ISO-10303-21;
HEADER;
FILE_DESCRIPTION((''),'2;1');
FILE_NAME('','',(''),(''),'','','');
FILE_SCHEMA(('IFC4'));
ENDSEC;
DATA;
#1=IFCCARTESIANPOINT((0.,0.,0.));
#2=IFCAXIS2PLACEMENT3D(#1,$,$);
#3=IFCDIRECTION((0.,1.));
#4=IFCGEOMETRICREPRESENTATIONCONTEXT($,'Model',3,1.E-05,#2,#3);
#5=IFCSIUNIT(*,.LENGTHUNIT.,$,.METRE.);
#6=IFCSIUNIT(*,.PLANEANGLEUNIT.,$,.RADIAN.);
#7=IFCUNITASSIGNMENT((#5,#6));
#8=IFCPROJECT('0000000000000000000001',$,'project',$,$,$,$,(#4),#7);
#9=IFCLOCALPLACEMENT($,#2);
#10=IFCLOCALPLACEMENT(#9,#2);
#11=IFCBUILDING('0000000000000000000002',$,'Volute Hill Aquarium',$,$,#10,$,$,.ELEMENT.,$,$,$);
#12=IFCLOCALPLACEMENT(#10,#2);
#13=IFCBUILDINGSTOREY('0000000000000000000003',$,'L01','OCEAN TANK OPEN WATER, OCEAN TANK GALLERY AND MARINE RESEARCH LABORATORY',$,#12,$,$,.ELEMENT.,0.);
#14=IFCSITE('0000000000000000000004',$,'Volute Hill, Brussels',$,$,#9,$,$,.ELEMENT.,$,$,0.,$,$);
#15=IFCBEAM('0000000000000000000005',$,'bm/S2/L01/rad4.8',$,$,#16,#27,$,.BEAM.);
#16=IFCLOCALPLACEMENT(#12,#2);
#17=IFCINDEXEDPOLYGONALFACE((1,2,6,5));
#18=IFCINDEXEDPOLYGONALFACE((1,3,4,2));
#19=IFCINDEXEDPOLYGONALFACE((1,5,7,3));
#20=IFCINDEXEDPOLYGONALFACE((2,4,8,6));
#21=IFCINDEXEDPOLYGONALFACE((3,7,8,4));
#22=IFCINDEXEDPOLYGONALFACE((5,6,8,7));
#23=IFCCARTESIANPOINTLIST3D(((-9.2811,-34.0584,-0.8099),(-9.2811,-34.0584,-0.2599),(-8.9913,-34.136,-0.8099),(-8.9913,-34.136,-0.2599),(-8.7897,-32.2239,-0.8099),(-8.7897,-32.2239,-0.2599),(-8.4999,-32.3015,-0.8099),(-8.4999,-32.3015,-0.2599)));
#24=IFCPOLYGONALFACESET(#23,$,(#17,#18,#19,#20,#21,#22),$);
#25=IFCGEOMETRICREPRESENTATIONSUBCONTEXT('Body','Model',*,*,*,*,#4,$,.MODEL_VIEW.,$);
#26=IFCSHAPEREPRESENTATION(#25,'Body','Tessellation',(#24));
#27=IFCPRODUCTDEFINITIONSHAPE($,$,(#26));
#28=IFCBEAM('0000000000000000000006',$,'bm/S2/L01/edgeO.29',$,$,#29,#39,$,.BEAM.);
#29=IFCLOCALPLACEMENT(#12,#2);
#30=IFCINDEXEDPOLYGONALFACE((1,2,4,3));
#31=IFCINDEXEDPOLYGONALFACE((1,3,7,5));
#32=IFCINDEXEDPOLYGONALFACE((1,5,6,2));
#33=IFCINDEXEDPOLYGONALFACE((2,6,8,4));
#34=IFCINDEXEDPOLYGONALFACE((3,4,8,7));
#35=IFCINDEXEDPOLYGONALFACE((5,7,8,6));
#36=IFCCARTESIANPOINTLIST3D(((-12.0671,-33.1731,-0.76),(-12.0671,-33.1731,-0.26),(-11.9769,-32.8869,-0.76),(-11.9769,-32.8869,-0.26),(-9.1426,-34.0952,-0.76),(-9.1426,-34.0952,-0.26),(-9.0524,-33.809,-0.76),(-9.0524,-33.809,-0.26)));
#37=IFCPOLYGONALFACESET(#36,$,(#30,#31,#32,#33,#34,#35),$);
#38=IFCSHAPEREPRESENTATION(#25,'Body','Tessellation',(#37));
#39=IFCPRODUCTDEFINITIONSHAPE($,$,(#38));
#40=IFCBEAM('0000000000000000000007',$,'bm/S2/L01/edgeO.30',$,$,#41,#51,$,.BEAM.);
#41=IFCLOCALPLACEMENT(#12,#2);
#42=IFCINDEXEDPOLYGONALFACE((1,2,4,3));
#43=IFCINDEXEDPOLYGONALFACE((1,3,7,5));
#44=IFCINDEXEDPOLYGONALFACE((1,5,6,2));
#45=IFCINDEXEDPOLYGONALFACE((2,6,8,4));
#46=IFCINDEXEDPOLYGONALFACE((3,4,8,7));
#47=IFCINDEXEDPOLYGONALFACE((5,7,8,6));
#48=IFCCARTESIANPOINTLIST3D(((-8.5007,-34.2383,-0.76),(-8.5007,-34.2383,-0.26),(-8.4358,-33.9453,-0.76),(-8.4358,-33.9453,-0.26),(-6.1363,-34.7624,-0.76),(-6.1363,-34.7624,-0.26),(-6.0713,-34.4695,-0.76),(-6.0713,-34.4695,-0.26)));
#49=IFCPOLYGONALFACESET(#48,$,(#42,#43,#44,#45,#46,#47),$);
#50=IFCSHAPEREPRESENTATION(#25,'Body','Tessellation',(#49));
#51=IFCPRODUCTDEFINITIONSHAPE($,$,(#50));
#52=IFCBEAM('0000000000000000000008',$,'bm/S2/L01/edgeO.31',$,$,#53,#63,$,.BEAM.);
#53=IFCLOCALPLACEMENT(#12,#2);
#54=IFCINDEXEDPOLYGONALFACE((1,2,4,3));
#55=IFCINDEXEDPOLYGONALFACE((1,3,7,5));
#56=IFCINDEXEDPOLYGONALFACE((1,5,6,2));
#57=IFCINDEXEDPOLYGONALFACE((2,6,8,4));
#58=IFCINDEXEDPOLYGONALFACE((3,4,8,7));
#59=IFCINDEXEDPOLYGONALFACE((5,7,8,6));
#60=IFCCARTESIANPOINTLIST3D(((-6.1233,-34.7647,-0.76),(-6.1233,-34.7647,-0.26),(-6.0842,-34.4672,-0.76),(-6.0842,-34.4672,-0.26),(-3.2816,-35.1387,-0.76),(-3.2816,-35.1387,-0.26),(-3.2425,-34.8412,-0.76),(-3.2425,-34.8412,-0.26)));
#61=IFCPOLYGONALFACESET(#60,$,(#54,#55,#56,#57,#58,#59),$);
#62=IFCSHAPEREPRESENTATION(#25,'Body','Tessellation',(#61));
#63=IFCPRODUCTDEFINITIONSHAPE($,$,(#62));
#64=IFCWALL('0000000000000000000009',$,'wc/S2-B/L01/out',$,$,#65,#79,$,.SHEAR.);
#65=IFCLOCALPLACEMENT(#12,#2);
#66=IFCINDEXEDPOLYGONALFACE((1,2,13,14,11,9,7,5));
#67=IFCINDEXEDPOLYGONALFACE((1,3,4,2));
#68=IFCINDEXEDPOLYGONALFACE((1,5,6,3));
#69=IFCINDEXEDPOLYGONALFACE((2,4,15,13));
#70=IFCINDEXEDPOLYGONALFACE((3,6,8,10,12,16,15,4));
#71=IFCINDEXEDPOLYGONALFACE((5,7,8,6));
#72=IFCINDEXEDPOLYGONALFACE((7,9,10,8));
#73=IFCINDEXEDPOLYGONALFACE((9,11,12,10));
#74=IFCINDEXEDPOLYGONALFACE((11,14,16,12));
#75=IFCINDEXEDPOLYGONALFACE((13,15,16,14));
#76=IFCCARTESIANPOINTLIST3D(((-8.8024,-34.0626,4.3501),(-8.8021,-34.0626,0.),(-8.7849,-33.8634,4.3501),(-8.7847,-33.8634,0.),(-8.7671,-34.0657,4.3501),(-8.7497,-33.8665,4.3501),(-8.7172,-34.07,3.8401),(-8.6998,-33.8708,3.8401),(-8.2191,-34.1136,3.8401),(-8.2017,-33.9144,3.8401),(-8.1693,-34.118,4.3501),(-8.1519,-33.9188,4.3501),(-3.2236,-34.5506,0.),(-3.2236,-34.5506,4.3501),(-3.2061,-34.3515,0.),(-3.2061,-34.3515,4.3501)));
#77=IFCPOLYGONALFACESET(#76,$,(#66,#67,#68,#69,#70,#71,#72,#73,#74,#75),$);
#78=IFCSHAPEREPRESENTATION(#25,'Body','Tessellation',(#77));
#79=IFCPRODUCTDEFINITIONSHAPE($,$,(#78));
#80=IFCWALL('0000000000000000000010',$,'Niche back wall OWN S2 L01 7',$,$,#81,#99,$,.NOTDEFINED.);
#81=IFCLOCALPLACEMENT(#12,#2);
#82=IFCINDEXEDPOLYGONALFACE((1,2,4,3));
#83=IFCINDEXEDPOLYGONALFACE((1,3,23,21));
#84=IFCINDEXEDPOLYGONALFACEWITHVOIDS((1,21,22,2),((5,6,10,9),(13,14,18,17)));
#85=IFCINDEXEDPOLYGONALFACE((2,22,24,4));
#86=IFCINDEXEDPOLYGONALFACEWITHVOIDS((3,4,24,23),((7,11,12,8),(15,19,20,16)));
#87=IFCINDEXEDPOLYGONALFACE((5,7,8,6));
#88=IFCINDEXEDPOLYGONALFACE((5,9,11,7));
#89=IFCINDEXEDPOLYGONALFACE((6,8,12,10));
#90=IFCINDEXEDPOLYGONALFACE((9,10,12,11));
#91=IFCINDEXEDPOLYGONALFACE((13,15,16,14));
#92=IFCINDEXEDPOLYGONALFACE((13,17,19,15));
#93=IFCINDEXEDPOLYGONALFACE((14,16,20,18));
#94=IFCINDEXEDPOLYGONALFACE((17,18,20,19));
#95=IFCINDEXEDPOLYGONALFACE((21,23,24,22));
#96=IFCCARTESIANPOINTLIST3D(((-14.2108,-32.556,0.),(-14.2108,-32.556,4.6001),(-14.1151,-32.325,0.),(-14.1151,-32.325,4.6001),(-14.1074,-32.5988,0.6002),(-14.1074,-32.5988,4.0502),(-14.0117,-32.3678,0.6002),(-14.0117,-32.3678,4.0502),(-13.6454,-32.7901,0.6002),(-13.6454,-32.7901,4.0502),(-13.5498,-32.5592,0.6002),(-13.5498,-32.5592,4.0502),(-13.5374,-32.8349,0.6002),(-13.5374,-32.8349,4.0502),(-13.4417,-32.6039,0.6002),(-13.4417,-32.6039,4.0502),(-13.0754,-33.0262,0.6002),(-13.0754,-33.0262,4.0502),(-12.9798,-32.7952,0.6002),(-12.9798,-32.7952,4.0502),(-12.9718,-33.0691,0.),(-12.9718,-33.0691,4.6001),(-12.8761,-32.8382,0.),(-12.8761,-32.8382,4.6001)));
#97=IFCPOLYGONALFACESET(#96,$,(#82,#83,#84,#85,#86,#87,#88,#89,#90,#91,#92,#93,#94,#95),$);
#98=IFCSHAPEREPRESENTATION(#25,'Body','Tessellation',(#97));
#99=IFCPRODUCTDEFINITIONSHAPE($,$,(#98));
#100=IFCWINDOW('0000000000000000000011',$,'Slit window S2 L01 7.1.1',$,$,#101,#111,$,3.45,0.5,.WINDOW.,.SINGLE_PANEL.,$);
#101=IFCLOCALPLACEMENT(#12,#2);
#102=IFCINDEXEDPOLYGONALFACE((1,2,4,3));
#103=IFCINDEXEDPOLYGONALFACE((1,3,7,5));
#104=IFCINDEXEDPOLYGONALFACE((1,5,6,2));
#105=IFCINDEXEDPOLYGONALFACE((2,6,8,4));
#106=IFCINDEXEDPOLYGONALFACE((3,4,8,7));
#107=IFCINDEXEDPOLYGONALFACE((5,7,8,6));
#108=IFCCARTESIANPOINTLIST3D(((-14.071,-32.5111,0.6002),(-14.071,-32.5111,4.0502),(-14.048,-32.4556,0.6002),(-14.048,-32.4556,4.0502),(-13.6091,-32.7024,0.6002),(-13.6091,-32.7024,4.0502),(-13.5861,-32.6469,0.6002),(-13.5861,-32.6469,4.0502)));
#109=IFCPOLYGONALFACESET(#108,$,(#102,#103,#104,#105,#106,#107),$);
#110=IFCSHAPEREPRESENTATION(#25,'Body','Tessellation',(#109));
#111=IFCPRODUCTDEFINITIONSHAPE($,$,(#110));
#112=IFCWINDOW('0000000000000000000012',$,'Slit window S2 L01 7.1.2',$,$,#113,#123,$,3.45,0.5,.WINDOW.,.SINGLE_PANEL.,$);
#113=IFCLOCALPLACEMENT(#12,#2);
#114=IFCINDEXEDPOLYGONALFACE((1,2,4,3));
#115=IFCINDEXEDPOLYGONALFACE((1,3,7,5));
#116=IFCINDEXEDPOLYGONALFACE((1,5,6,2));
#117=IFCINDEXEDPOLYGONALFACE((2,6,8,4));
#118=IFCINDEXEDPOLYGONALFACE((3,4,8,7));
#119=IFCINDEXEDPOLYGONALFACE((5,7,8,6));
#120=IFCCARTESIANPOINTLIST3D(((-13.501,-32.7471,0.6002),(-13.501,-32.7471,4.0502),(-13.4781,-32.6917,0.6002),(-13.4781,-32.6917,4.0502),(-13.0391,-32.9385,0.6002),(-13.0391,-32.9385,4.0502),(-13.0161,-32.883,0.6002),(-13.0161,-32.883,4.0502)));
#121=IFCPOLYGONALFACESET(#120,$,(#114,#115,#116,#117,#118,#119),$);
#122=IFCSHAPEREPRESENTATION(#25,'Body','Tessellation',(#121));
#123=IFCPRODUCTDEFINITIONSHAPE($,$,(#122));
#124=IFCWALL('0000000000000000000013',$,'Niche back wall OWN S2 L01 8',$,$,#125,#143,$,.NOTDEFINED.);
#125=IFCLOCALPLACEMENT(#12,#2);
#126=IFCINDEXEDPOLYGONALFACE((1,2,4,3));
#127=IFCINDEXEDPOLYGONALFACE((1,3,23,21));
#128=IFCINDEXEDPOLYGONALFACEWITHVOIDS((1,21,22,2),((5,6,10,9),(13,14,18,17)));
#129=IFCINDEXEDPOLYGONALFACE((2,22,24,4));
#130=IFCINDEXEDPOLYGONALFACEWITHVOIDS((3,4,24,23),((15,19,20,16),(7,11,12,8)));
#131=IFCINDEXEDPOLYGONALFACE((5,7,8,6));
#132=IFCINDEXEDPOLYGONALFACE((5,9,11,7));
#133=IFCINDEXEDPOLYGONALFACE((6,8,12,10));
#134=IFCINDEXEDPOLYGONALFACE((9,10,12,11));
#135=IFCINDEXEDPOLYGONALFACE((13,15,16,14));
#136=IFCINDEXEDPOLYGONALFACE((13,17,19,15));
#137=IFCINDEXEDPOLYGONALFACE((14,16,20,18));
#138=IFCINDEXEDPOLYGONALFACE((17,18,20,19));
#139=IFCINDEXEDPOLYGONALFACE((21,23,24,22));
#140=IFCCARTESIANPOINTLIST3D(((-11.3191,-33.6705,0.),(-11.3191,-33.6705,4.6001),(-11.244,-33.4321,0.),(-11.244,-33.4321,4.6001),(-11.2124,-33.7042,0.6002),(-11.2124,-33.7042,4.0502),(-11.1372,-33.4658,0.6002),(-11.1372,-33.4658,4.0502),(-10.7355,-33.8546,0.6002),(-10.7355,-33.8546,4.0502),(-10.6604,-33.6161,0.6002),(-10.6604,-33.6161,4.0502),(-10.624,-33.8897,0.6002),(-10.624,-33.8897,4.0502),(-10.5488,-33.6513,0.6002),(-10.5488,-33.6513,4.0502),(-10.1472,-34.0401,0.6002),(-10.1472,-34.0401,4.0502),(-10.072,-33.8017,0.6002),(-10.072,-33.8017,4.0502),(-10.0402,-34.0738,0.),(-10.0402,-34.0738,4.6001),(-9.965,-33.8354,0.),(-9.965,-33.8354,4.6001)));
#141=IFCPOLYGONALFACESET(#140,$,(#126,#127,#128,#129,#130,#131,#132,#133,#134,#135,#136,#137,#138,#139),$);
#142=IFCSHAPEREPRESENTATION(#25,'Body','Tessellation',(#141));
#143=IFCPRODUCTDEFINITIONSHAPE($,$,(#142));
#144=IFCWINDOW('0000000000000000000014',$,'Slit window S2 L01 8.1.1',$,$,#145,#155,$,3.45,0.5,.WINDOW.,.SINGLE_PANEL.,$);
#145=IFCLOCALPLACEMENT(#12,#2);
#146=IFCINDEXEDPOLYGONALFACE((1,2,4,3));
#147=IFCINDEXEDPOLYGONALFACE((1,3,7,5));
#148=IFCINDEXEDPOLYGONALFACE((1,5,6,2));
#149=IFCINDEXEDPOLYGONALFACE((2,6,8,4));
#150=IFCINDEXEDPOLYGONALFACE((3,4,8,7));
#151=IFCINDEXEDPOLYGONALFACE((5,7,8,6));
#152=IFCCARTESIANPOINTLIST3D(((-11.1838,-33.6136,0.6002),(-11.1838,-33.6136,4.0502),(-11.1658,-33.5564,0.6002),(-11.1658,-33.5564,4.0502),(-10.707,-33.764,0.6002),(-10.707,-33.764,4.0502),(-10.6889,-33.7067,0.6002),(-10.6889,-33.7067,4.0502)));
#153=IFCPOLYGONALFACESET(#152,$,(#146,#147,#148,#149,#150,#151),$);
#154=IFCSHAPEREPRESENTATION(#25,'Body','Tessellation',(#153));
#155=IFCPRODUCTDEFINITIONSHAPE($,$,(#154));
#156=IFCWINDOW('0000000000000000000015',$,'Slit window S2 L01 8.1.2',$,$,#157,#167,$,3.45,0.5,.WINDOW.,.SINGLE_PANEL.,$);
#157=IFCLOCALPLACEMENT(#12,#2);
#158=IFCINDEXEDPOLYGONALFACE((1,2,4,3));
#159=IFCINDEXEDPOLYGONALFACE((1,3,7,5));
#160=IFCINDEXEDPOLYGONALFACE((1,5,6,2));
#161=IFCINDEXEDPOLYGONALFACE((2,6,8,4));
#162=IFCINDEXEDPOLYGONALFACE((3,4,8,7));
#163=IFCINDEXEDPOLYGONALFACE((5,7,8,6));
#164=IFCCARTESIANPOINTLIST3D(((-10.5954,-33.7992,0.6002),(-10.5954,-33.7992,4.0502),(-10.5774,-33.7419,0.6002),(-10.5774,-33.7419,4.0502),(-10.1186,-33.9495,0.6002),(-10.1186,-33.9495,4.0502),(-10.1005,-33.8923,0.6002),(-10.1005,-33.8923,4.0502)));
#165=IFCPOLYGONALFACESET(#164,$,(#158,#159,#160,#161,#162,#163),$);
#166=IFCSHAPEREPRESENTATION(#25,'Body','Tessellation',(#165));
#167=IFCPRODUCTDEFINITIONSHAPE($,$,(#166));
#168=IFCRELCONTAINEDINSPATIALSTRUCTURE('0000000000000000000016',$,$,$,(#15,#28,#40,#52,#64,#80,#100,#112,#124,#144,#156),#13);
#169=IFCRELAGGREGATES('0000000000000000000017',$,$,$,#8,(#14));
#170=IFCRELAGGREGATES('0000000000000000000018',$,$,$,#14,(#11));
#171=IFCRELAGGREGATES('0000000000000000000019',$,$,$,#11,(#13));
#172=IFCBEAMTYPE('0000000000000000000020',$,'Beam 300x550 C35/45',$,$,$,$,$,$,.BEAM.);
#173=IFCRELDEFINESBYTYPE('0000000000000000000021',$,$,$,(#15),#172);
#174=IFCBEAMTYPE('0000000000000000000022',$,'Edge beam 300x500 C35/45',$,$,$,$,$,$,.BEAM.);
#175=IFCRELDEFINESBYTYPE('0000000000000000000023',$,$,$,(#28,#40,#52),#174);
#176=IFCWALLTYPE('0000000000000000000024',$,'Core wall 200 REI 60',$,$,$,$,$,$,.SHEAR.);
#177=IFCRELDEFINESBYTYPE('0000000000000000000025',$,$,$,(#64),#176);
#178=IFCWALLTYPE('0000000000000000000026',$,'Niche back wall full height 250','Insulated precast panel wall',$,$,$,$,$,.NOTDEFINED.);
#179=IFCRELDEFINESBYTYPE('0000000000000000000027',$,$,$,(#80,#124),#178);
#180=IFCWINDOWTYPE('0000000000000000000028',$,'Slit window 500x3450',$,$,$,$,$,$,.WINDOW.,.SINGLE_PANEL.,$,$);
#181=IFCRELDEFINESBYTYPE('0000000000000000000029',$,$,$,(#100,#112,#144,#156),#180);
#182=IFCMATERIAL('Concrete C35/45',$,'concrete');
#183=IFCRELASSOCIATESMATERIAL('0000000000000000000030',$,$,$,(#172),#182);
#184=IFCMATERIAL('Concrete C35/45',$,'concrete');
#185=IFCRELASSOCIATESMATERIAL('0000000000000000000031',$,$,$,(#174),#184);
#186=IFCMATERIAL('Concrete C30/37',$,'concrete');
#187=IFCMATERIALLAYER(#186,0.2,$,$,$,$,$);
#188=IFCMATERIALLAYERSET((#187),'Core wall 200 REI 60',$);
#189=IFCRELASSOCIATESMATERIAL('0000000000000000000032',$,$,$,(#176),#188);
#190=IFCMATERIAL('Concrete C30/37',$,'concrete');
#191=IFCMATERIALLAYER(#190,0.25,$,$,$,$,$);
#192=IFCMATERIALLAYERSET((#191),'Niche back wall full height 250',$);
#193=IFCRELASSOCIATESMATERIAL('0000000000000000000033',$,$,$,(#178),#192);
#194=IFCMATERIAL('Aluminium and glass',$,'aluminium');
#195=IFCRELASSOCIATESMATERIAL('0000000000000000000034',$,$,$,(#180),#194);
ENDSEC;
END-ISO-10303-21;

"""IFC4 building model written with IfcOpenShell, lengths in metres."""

from ifc_helpers import new_model, si_unit, direction, frame, frame_2d, origin, origin_2d, place, context, subcontext, project, spatial, polyline, rectangle, outline, extrude, material, layer, layer_set, material_profile, profile_set, type_object, element, fill, save


model = new_model("IFC4")

# Units and contexts
model_context = context("Model", 3, precision=1e-05, world=origin(), true_north=direction((0.0, 1.0)))
body_context = subcontext(model_context, "Body", "Model", "MODEL_VIEW")
ifc_project = project(units=[si_unit("LENGTHUNIT", "METRE"), si_unit("PLANEANGLEUNIT", "RADIAN")], contexts=[model_context])

# Site, building, storey
site_placement = place(None, origin())
site = spatial("IfcSite", under=ifc_project, at=site_placement, Name="Volute Hill, Brussels", CompositionType="ELEMENT", RefElevation=0.0)
building_placement = place(site_placement, origin())
building = spatial("IfcBuilding", under=site, at=building_placement, Name="Volute Hill Aquarium", CompositionType="ELEMENT")
storey_placement = place(building_placement, origin())
storey = spatial("IfcBuildingStorey", under=building, at=storey_placement, Name="L01", Description="OCEAN TANK OPEN WATER, OCEAN TANK GALLERY AND MARINE RESEARCH LABORATORY", CompositionType="ELEMENT", Elevation=0.0)

# Beams
ifc_material_1 = material(Name="Concrete C35/45", Category="concrete")
ifc_material_profile_1 = material_profile(ifc_material_1, rectangle(XDim=0.3, YDim=0.55, at=origin_2d()), Name="RC beam 300x550")
ifc_profile_set_1 = profile_set([ifc_material_profile_1], Name="Concrete C35/45")
beam_type_1 = type_object("IfcBeamType", Name="Beam 300x550 C35/45", PredefinedType="BEAM", material=ifc_profile_set_1)
beam_1_placement = place(storey_placement, frame((-8.6448, -32.2627, -0.5349), z_axis=(-0.258775, -0.965938, 0.0), x_axis=(0.965938, -0.258775, 0.0)))
element("IfcBeam", 1, at=beam_1_placement, inside=storey, type_object=beam_type_1, Name="bm/S2/L01/rad4.8", PredefinedType="BEAM", context=body_context, shape_type="SweptSolid", body=[
    extrude(rectangle(XDim=0.3, YDim=0.55, at=origin_2d()), origin(), (0.0, 0.0, 1.0), 1.8992),
])
ifc_material_2 = material(Name="Concrete C35/45", Category="concrete")
ifc_material_profile_2 = material_profile(ifc_material_2, rectangle(XDim=0.3, YDim=0.5, at=origin_2d()), Name="RC edge beam 300x500")
ifc_profile_set_2 = profile_set([ifc_material_profile_2], Name="Concrete C35/45")
beam_type_2 = type_object("IfcBeamType", Name="Edge beam 300x500 C35/45", PredefinedType="BEAM", material=ifc_profile_set_2)
beam_2_placement = place(storey_placement, frame((-12.022, -33.03, -0.51), z_axis=(0.953716, -0.300708, 0.0), x_axis=(0.300708, 0.953716, 0.0)))
element("IfcBeam", 2, at=beam_2_placement, inside=storey, type_object=beam_type_2, Name="bm/S2/L01/edgeO.29", PredefinedType="BEAM", context=body_context, shape_type="SweptSolid", body=[
    extrude(rectangle(XDim=0.3, YDim=0.5, at=origin_2d()), origin(), (0.0, 0.0, 1.0), 3.0664),
])
beam_3_placement = place(storey_placement, frame((-8.4683, -34.0918, -0.51), z_axis=(0.976298, -0.216429, 0.0), x_axis=(0.216429, 0.976298, 0.0)))
element("IfcBeam", 3, at=beam_3_placement, inside=storey, type_object=beam_type_2, Name="bm/S2/L01/edgeO.30", PredefinedType="BEAM", context=body_context, shape_type="SweptSolid", body=[
    extrude(rectangle(XDim=0.3, YDim=0.5, at=origin_2d()), origin(), (0.0, 0.0, 1.0), 2.4219),
])
beam_4_placement = place(storey_placement, frame((-6.1038, -34.616, -0.51), z_axis=(0.99145, -0.13049, 0.0), x_axis=(0.13049, 0.99145, 0.0)))
element("IfcBeam", 4, at=beam_4_placement, inside=storey, type_object=beam_type_2, Name="bm/S2/L01/edgeO.31", PredefinedType="BEAM", context=body_context, shape_type="SweptSolid", body=[
    extrude(rectangle(XDim=0.3, YDim=0.5, at=origin_2d()), origin(), (0.0, 0.0, 1.0), 2.8662),
])

# Wall
ifc_material_3 = material(Name="Concrete C30/37", Category="concrete")
ifc_layer_1 = layer(ifc_material_3, 0.2)
ifc_layer_set_1 = layer_set([ifc_layer_1], Name="Core wall 200 REI 60")
wall_type_1 = type_object("IfcWallType", Name="Core wall 200 REI 60", PredefinedType="SHEAR", material=ifc_layer_set_1)
wall_1_placement = place(storey_placement, frame((-3.2148, -34.4509, 0.0), z_axis=(0.0, 0.0, 1.0), x_axis=(-0.996195, 0.087151, 0.0)))
element("IfcWall", 5, at=wall_1_placement, inside=storey, type_object=wall_type_1, Name="wc/S2-B/L01/out", PredefinedType="SHEAR", context=body_context, shape_type="SweptSolid", body=[
    extrude(outline(polyline([(0.0, 0.0), (5.5999, 0.0), (5.6001, 4.3501), (5.5647, 4.3501), (5.5146, 3.8401), (5.0146, 3.8401), (4.9646, 4.3501), (0.0, 4.3501), (0.0, 0.0)])), frame((0.0, 0.1001, 0.0), z_axis=(0.0, -1.0, 0.0), x_axis=(1.0, 0.0, 0.0)), (0.0, 0.0, 1.0), 0.2),
])

# Walls, openings, windows
ifc_material_4 = material(Name="Concrete C30/37", Category="concrete")
ifc_layer_2 = layer(ifc_material_4, 0.25)
ifc_layer_set_2 = layer_set([ifc_layer_2], Name="Niche back wall full height 250")
wall_type_2 = type_object("IfcWallType", Name="Niche back wall full height 250", Description="Insulated precast panel wall", PredefinedType="NOTDEFINED", material=ifc_layer_set_2)
wall_2_placement = place(storey_placement, frame((-12.9241, -32.9536, 0.0), z_axis=(0.0, 0.0, 1.0), x_axis=(-0.923888, 0.382663, 0.0)))
wall_2 = element("IfcWall", 6, at=wall_2_placement, inside=storey, type_object=wall_type_2, Name="Niche back wall OWN S2 L01 7", PredefinedType="NOTDEFINED", context=body_context, shape_type="SweptSolid", body=[
    extrude(rectangle(XDim=1.3411, YDim=0.25, at=frame_2d((0.6704, 0.0))), origin(), (0.0, 0.0, 1.0), 4.6001),
])
opening_1_placement = place(wall_2_placement, frame((0.729, 0.0, 0.6001)))
opening_1 = element("IfcOpeningElement", 7, at=opening_1_placement, cuts=wall_2, PredefinedType="OPENING", context=body_context, shape_type="SweptSolid", body=[
    extrude(rectangle(XDim=0.5, YDim=3.45, at=frame_2d((0.25, 1.7251))), frame((0.0, 0.135, 0.0), z_axis=(0.0, -1.0, 0.0), x_axis=(1.0, 0.0, 0.0)), (0.0, 0.0, 1.0), 0.27),
])
opening_2_placement = place(wall_2_placement, frame((0.1121, 0.0, 0.6001)))
opening_2 = element("IfcOpeningElement", 8, at=opening_2_placement, cuts=wall_2, PredefinedType="OPENING", context=body_context, shape_type="SweptSolid", body=[
    extrude(rectangle(XDim=0.5, YDim=3.45, at=frame_2d((0.25, 1.7251))), frame((0.0, 0.135, 0.0), z_axis=(0.0, -1.0, 0.0), x_axis=(1.0, 0.0, 0.0)), (0.0, 0.0, 1.0), 0.27),
])
ifc_material_5 = material(Name="Aluminium and glass", Category="aluminium")
window_type_1 = type_object("IfcWindowType", Name="Slit window 500x3450", PartitioningType="SINGLE_PANEL", PredefinedType="WINDOW", material=ifc_material_5)
window_1_placement = place(opening_1_placement, origin())
window_1 = element("IfcWindow", 9, at=window_1_placement, inside=storey, type_object=window_type_1, Name="Slit window S2 L01 7.1.1", OverallHeight=3.45, OverallWidth=0.5, PartitioningType="SINGLE_PANEL", PredefinedType="WINDOW", context=body_context, shape_type="SweptSolid", body=[
    extrude(rectangle(XDim=0.5, YDim=3.45, at=frame_2d((0.25, 1.7251))), frame((0.0, 0.03, 0.0), z_axis=(0.0, -1.0, 0.0), x_axis=(1.0, 0.0, 0.0)), (0.0, 0.0, 1.0), 0.0601),
])
fill(opening_1, window_1)
window_2_placement = place(opening_2_placement, origin())
window_2 = element("IfcWindow", 10, at=window_2_placement, inside=storey, type_object=window_type_1, Name="Slit window S2 L01 7.1.2", OverallHeight=3.45, OverallWidth=0.5, PartitioningType="SINGLE_PANEL", PredefinedType="WINDOW", context=body_context, shape_type="SweptSolid", body=[
    extrude(rectangle(XDim=0.5, YDim=3.45, at=frame_2d((0.25, 1.7251))), frame((0.0, 0.03, 0.0), z_axis=(0.0, -1.0, 0.0), x_axis=(1.0, 0.0, 0.0)), (0.0, 0.0, 1.0), 0.0601),
])
fill(opening_2, window_2)
wall_3_placement = place(storey_placement, frame((-10.0027, -33.9546, 0.0), z_axis=(0.0, 0.0, 1.0), x_axis=(-0.953709, 0.300731, 0.0)))
wall_3 = element("IfcWall", 11, at=wall_3_placement, inside=storey, type_object=wall_type_2, Name="Niche back wall OWN S2 L01 8", PredefinedType="NOTDEFINED", context=body_context, shape_type="SweptSolid", body=[
    extrude(rectangle(XDim=1.3411, YDim=0.25, at=frame_2d((0.6704, 0.0))), origin(), (0.0, 0.0, 1.0), 4.6001),
])
opening_3_placement = place(wall_3_placement, frame((0.729, 0.0, 0.6001)))
opening_3 = element("IfcOpeningElement", 12, at=opening_3_placement, cuts=wall_3, PredefinedType="OPENING", context=body_context, shape_type="SweptSolid", body=[
    extrude(rectangle(XDim=0.5, YDim=3.45, at=frame_2d((0.25, 1.7251))), frame((0.0, 0.135, 0.0), z_axis=(0.0, -1.0, 0.0), x_axis=(1.0, 0.0, 0.0)), (0.0, 0.0, 1.0), 0.27),
])
opening_4_placement = place(wall_3_placement, frame((0.1121, 0.0, 0.6001)))
opening_4 = element("IfcOpeningElement", 13, at=opening_4_placement, cuts=wall_3, PredefinedType="OPENING", context=body_context, shape_type="SweptSolid", body=[
    extrude(rectangle(XDim=0.5, YDim=3.45, at=frame_2d((0.25, 1.7251))), frame((0.0, 0.135, 0.0), z_axis=(0.0, -1.0, 0.0), x_axis=(1.0, 0.0, 0.0)), (0.0, 0.0, 1.0), 0.27),
])
window_3_placement = place(opening_3_placement, origin())
window_3 = element("IfcWindow", 14, at=window_3_placement, inside=storey, type_object=window_type_1, Name="Slit window S2 L01 8.1.1", OverallHeight=3.45, OverallWidth=0.5, PartitioningType="SINGLE_PANEL", PredefinedType="WINDOW", context=body_context, shape_type="SweptSolid", body=[
    extrude(rectangle(XDim=0.5, YDim=3.45, at=frame_2d((0.25, 1.7251))), frame((0.0, 0.03, 0.0), z_axis=(0.0, -1.0, 0.0), x_axis=(1.0, 0.0, 0.0)), (0.0, 0.0, 1.0), 0.0601),
])
fill(opening_3, window_3)
window_4_placement = place(opening_4_placement, origin())
window_4 = element("IfcWindow", 15, at=window_4_placement, inside=storey, type_object=window_type_1, Name="Slit window S2 L01 8.1.2", OverallHeight=3.45, OverallWidth=0.5, PartitioningType="SINGLE_PANEL", PredefinedType="WINDOW", context=body_context, shape_type="SweptSolid", body=[
    extrude(rectangle(XDim=0.5, YDim=3.45, at=frame_2d((0.25, 1.7251))), frame((0.0, 0.03, 0.0), z_axis=(0.0, -1.0, 0.0), x_axis=(1.0, 0.0, 0.0)), (0.0, 0.0, 1.0), 0.0601),
])
fill(opening_4, window_4)

save(model, "model.ifc")
